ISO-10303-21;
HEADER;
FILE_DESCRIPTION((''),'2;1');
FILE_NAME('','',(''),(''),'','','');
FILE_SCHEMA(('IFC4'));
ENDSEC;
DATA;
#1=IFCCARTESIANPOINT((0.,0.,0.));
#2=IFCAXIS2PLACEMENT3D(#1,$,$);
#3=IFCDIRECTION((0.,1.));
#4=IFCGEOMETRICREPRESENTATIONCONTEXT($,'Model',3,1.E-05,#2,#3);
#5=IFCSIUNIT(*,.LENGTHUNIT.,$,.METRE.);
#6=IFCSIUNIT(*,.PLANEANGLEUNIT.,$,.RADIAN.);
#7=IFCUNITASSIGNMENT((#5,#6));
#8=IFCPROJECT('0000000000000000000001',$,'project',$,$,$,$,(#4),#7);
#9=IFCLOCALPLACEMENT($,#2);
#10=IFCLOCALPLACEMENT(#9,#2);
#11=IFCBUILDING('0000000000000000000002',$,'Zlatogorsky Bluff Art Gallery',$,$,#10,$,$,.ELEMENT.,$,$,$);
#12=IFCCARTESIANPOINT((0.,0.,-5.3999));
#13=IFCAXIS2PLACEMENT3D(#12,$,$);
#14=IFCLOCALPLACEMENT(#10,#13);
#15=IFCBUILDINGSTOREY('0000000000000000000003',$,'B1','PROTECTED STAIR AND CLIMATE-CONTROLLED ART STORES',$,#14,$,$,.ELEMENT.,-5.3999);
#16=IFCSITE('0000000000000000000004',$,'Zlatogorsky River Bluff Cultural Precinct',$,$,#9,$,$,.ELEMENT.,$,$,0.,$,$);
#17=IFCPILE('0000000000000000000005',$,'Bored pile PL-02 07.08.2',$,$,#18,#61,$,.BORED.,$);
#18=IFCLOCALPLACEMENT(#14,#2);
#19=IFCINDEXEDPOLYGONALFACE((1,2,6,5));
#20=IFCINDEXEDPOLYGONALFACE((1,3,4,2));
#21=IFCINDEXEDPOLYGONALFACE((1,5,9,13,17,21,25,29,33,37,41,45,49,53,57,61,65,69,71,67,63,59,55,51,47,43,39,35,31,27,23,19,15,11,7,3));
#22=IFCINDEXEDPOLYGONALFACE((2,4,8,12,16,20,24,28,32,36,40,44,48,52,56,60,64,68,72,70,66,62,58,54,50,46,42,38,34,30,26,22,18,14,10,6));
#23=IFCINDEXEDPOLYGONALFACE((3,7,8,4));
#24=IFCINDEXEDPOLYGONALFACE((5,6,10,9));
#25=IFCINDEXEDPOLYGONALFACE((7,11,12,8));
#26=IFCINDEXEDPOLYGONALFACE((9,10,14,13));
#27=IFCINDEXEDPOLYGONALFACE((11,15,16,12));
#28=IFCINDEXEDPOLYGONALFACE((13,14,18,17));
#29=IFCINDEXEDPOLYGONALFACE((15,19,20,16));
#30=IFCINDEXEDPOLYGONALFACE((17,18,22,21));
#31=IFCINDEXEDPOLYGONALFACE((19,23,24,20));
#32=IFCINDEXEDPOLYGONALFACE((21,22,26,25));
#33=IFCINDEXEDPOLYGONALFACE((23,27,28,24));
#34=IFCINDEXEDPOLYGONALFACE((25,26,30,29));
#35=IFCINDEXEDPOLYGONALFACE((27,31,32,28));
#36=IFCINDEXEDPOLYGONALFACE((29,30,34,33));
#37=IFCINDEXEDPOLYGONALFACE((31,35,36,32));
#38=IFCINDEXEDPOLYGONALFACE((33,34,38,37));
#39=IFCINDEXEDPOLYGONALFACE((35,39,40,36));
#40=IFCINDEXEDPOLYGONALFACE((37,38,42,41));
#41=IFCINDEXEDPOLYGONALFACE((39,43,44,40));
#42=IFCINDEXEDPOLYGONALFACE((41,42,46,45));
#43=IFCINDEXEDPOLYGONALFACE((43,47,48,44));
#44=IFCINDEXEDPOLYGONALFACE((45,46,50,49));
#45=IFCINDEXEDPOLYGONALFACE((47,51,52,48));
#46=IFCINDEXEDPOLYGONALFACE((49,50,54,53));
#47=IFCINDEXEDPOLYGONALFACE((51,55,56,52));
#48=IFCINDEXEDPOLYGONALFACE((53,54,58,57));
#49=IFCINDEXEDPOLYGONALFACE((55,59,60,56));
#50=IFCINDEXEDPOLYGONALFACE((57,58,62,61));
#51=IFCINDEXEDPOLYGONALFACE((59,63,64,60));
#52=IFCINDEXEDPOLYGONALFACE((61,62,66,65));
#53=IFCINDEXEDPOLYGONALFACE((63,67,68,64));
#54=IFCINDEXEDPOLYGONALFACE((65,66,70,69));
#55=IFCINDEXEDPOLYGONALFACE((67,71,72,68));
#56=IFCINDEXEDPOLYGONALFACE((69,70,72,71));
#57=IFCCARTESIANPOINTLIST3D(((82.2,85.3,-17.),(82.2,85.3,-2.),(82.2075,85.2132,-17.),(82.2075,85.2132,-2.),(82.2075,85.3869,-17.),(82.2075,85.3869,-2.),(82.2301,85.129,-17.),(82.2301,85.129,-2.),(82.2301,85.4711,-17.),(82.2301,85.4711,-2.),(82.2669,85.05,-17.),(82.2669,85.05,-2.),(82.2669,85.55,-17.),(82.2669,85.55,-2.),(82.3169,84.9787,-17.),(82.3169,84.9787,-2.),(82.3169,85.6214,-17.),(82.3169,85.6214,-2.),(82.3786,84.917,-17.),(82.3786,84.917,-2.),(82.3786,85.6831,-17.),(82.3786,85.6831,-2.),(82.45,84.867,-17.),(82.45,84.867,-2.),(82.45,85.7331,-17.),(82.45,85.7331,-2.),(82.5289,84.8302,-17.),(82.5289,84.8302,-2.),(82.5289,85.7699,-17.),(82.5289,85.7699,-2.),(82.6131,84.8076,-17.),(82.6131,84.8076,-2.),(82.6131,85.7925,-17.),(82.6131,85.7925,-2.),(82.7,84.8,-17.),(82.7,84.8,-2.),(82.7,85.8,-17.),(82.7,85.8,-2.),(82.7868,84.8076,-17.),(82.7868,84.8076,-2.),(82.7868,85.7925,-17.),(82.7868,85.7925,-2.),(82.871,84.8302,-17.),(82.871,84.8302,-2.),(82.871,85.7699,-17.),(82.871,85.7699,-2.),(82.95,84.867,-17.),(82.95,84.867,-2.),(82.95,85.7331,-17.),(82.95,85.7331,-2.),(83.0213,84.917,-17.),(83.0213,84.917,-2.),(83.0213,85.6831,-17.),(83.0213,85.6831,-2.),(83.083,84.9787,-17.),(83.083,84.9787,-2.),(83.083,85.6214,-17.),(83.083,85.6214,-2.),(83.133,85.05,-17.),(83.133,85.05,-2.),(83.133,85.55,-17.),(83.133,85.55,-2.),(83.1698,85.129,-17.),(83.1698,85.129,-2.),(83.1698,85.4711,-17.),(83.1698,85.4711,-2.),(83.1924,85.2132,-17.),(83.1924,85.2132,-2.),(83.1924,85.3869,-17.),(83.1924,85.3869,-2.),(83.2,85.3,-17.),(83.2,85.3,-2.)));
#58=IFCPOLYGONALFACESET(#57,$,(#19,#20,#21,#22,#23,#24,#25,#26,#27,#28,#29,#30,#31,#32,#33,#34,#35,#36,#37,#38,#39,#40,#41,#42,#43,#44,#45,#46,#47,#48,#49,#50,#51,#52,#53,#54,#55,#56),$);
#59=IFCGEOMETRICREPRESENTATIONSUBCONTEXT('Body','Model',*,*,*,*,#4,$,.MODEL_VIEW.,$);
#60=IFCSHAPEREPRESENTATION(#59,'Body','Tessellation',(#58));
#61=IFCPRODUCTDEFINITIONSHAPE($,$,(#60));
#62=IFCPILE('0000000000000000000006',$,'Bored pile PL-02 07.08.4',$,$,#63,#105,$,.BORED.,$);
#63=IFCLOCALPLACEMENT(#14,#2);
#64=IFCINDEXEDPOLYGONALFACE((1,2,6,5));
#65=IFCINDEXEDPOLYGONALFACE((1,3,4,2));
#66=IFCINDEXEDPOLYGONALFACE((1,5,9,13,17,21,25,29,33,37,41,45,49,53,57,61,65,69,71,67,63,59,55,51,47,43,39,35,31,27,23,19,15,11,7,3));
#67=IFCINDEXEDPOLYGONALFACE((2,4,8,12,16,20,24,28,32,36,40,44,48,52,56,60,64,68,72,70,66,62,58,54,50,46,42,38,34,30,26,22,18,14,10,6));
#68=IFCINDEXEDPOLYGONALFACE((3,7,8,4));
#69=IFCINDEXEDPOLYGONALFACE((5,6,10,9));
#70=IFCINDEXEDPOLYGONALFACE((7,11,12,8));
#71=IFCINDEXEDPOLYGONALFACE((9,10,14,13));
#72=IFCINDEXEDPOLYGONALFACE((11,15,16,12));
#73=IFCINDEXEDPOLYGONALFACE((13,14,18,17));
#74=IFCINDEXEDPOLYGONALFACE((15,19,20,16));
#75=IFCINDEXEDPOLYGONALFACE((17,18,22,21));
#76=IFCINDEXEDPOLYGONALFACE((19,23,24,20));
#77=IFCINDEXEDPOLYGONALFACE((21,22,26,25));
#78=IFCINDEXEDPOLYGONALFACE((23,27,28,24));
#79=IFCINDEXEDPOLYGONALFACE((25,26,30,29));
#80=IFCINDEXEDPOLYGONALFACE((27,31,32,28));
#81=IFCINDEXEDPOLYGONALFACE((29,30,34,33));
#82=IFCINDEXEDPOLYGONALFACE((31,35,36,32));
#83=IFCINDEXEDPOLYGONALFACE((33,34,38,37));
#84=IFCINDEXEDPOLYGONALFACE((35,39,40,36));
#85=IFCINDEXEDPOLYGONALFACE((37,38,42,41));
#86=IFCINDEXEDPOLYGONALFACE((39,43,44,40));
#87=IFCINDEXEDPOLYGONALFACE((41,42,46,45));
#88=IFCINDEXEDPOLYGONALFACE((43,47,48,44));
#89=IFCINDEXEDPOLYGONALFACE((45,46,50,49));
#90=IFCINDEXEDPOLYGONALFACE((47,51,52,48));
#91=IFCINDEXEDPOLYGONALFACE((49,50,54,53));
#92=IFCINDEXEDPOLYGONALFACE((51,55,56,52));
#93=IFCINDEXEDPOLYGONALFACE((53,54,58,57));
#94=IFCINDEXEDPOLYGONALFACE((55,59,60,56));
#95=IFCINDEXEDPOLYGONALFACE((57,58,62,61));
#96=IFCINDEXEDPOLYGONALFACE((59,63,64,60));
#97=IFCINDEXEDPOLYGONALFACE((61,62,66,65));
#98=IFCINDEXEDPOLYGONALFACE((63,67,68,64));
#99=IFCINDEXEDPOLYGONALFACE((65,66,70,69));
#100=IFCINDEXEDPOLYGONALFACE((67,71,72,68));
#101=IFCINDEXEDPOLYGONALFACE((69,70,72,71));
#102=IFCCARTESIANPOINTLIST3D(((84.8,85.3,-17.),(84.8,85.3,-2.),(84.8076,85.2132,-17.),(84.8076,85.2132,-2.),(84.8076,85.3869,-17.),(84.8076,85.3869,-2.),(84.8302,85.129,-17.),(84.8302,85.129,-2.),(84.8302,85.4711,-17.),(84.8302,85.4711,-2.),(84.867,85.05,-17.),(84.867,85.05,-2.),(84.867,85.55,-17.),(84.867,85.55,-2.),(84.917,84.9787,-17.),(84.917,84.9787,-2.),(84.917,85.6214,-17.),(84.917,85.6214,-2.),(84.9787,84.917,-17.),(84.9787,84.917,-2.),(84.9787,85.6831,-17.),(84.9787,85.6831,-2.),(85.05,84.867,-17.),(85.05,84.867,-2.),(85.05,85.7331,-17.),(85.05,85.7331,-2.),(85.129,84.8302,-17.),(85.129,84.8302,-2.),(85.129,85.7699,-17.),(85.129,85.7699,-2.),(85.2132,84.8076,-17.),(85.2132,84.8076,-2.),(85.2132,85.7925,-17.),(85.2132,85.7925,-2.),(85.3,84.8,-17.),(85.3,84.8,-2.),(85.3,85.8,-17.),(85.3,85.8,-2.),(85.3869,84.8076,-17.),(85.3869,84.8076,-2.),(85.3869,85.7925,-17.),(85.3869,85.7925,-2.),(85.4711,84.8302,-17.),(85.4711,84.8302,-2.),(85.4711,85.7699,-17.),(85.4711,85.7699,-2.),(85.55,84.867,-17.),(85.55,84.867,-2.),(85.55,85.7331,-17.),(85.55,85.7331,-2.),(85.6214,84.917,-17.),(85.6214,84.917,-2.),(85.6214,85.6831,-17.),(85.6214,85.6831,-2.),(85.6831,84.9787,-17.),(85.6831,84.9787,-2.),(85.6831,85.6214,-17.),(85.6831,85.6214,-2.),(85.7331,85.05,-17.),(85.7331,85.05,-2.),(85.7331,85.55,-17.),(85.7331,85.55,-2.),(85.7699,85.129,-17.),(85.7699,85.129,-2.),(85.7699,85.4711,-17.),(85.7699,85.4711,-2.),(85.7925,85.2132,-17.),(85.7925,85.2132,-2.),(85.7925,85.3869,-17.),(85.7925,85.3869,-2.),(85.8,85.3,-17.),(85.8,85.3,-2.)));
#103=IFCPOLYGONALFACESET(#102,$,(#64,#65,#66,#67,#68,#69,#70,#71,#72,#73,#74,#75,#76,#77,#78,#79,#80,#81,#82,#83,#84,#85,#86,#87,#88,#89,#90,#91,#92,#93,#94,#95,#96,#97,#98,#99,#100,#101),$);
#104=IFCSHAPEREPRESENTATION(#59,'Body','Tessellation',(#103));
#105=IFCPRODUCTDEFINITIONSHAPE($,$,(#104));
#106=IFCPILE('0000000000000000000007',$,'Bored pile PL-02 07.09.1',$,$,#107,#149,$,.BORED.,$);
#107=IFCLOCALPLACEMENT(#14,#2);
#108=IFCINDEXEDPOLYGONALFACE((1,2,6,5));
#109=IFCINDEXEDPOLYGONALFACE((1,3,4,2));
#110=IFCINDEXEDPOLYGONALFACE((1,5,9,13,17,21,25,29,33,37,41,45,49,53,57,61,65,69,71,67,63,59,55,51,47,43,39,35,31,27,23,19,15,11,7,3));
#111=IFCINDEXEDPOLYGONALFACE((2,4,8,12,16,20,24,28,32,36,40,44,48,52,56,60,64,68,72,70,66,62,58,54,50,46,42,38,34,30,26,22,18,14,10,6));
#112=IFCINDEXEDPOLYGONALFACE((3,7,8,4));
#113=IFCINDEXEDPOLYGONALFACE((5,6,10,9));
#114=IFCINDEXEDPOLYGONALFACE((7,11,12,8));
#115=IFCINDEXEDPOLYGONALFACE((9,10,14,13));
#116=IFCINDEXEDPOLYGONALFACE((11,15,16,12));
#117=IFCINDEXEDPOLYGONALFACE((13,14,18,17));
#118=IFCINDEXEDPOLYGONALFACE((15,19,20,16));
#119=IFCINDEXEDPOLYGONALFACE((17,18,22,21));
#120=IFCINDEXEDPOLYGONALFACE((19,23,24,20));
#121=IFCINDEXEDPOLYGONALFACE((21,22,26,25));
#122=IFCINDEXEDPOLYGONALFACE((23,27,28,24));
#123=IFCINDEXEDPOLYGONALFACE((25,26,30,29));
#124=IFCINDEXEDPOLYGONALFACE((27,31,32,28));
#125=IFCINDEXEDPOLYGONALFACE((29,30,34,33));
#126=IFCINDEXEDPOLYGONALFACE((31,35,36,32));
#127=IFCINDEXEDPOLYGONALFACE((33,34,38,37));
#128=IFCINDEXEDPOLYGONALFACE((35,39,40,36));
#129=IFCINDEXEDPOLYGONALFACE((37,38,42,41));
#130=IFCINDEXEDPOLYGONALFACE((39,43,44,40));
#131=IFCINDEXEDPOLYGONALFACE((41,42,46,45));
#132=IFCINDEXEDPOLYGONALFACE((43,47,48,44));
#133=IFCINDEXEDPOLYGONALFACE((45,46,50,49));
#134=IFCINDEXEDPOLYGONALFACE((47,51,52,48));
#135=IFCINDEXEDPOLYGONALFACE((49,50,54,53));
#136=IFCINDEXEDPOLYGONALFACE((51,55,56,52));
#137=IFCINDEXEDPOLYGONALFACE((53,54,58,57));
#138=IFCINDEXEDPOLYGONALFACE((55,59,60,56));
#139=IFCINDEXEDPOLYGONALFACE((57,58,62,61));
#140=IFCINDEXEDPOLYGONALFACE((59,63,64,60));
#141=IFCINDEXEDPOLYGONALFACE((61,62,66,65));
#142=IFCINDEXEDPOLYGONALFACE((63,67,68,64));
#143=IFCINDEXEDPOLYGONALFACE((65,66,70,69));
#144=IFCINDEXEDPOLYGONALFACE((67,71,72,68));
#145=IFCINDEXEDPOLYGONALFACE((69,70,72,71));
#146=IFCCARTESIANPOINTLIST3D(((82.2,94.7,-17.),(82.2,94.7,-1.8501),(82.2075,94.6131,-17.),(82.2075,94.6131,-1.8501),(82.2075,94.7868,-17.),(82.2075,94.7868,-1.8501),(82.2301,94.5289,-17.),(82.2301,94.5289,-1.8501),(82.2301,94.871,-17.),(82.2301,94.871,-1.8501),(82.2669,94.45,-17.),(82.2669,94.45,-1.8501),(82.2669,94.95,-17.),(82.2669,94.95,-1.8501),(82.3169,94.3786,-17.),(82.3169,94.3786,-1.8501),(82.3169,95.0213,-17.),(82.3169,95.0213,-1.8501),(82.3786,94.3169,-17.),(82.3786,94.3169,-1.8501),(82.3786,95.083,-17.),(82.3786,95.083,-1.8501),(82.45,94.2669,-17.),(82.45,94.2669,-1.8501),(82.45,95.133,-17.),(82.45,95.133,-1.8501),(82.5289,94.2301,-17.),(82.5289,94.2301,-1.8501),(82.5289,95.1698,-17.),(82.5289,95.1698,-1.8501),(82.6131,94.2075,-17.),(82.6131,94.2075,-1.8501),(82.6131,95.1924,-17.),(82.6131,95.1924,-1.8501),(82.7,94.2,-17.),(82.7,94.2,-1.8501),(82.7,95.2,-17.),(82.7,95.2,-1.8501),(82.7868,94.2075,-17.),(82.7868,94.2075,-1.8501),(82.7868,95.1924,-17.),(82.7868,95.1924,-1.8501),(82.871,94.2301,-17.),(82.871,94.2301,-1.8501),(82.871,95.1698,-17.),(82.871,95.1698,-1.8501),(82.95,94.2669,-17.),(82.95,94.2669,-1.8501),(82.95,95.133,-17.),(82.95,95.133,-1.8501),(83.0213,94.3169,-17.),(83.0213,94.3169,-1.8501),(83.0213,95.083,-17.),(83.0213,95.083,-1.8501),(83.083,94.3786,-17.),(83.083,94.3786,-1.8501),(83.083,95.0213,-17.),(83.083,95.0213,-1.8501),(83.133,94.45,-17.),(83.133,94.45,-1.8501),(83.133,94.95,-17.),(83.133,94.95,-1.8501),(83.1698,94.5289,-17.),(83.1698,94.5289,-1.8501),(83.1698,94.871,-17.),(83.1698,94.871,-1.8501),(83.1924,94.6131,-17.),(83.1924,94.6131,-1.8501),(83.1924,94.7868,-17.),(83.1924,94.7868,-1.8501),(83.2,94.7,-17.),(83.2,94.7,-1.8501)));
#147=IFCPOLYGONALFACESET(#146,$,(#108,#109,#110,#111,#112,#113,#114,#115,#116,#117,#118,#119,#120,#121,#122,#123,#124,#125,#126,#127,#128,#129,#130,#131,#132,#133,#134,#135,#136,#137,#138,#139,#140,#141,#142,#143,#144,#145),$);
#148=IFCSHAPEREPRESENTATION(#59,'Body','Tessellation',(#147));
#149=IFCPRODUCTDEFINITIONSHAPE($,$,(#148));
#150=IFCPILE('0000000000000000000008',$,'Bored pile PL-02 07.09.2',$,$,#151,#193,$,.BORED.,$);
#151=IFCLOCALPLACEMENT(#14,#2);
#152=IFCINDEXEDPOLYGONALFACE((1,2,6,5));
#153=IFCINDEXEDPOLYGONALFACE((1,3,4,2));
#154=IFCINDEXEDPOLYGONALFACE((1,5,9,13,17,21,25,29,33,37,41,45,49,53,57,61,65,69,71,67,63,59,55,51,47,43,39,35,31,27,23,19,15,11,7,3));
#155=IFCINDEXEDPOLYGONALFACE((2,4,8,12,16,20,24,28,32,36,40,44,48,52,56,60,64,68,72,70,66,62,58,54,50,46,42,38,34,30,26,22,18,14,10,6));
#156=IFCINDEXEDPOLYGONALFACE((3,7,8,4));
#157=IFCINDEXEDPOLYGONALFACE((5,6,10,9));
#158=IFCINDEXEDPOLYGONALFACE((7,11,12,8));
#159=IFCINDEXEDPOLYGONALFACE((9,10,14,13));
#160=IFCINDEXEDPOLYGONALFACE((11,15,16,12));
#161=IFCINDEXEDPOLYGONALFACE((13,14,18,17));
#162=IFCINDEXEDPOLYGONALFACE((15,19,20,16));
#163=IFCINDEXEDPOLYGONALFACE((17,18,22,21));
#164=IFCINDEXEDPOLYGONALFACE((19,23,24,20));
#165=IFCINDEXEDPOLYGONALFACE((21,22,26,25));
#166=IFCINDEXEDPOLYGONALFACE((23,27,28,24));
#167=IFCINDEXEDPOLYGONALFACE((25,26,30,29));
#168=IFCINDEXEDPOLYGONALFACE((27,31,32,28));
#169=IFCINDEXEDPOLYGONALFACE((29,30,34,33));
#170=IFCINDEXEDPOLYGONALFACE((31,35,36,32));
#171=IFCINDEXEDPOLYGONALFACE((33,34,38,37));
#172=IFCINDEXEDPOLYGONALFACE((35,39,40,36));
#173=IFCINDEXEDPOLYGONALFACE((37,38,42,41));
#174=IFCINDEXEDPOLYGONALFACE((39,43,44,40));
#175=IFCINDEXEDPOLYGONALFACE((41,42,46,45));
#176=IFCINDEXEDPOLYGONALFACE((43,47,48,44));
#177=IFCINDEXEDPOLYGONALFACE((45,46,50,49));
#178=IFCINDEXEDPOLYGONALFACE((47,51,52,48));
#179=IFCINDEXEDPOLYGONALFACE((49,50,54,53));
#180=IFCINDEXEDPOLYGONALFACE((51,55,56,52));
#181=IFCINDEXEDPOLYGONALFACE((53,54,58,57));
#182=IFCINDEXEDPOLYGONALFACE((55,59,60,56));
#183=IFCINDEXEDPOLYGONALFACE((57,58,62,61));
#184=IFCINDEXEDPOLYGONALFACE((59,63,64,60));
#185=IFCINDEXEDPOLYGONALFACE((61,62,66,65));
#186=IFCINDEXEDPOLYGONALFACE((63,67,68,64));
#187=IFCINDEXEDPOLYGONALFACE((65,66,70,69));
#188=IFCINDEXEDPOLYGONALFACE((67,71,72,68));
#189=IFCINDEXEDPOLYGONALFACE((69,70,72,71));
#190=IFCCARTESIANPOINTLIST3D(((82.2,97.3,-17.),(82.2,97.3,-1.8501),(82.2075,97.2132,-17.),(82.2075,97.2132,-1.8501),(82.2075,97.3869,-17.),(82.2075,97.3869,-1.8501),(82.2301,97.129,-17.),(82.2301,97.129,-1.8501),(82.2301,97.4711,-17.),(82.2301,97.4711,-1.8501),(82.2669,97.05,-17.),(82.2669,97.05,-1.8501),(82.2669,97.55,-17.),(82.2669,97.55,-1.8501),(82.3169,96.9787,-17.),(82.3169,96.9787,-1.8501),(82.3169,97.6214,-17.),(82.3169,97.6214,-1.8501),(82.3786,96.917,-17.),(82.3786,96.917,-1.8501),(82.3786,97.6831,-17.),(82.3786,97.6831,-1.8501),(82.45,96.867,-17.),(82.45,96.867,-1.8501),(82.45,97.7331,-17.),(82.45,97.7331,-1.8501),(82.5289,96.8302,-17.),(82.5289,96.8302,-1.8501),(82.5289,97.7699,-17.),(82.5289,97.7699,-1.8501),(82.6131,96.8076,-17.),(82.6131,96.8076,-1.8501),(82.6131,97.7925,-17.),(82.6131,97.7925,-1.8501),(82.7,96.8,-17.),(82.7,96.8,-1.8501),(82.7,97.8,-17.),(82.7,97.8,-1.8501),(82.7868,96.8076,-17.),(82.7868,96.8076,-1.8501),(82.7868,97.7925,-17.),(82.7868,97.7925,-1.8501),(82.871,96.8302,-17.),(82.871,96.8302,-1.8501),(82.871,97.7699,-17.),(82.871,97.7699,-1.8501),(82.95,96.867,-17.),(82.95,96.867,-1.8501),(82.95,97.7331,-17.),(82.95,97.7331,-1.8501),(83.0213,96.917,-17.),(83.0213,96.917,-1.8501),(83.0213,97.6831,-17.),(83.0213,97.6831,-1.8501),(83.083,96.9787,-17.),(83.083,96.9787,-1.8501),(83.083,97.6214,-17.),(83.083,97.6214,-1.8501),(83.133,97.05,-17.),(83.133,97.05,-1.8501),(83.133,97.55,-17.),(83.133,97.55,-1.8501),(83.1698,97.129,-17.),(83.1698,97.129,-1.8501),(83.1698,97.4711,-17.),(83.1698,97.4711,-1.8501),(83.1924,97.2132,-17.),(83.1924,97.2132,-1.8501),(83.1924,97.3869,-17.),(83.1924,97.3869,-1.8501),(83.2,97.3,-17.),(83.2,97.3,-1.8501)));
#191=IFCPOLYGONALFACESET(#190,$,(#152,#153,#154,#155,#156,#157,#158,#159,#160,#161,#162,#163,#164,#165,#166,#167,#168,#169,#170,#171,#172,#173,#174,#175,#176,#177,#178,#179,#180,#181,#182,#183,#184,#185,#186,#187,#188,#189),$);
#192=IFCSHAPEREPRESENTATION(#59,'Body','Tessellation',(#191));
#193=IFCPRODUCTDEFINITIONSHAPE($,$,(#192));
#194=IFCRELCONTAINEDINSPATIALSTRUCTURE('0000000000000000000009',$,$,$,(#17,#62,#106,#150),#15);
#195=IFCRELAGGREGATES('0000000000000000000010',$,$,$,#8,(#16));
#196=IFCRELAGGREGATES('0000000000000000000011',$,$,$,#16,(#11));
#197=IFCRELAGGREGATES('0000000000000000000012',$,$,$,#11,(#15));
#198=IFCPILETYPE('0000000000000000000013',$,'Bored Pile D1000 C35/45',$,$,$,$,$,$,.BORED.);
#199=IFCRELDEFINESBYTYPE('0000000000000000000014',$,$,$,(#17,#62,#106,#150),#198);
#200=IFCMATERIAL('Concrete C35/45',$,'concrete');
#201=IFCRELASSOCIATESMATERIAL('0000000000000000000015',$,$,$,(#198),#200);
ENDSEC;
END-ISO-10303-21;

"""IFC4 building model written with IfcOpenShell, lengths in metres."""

from ifc_helpers import new_model, si_unit, direction, frame, origin, origin_2d, place, context, subcontext, project, spatial, circle, extrude, material, material_profile, profile_set, type_object, element, save


model = new_model("IFC4")

# Units and contexts
model_context = context("Model", 3, precision=1e-05, world=origin(), true_north=direction((0.0, 1.0)))
body_context = subcontext(model_context, "Body", "Model", "MODEL_VIEW")
ifc_project = project(units=[si_unit("LENGTHUNIT", "METRE"), si_unit("PLANEANGLEUNIT", "RADIAN")], contexts=[model_context])

# Site, building, storey
site_placement = place(None, origin())
site = spatial("IfcSite", under=ifc_project, at=site_placement, Name="Zlatogorsky River Bluff Cultural Precinct", CompositionType="ELEMENT", RefElevation=0.0)
building_placement = place(site_placement, origin())
building = spatial("IfcBuilding", under=site, at=building_placement, Name="Zlatogorsky Bluff Art Gallery", CompositionType="ELEMENT")
storey_placement = place(building_placement, frame((0.0, 0.0, -5.3999)))
storey = spatial("IfcBuildingStorey", under=building, at=storey_placement, Name="B1", Description="PROTECTED STAIR AND CLIMATE-CONTROLLED ART STORES", CompositionType="ELEMENT", Elevation=-5.3999)

# Piles
ifc_material_1 = material(Name="Concrete C35/45", Category="concrete")
ifc_material_profile_1 = material_profile(ifc_material_1, circle(Radius=0.5, at=origin_2d()), Name="BORED PILE D1000")
ifc_profile_set_1 = profile_set([ifc_material_profile_1], Name="Concrete C35/45")
pile_type = type_object("IfcPileType", Name="Bored Pile D1000 C35/45", PredefinedType="BORED", material=ifc_profile_set_1)
for number, where, z_axis, x_axis, name in (
    (1, (82.7, 85.3, -2.0), (0.0, 0.0, -1.0), (1.0, 0.0, 0.0), "Bored pile PL-02 07.08.2"),
    (2, (85.3, 85.3, -2.0), (0.0, 0.0, -1.0), (1.0, 0.0, 0.0), "Bored pile PL-02 07.08.4"),
):
    element("IfcPile", number, at=place(storey_placement, frame(where, z_axis=z_axis, x_axis=x_axis)), inside=storey, type_object=pile_type, Name=name, PredefinedType="BORED", context=body_context, shape_type="SweptSolid", body=[
        extrude(circle(Radius=0.5, at=origin_2d()), origin(), (0.0, 0.0, 1.0), 15.0),
    ])
for number, where, z_axis, x_axis, name in (
    (3, (82.7, 94.7, -1.8501), (0.0, 0.0, -1.0), (1.0, 0.0, 0.0), "Bored pile PL-02 07.09.1"),
    (4, (82.7, 97.3, -1.8501), (0.0, 0.0, -1.0), (1.0, 0.0, 0.0), "Bored pile PL-02 07.09.2"),
):
    element("IfcPile", number, at=place(storey_placement, frame(where, z_axis=z_axis, x_axis=x_axis)), inside=storey, type_object=pile_type, Name=name, PredefinedType="BORED", context=body_context, shape_type="SweptSolid", body=[
        extrude(circle(Radius=0.5, at=origin_2d()), origin(), (0.0, 0.0, 1.0), 15.1499),
    ])

save(model, "model.ifc")
